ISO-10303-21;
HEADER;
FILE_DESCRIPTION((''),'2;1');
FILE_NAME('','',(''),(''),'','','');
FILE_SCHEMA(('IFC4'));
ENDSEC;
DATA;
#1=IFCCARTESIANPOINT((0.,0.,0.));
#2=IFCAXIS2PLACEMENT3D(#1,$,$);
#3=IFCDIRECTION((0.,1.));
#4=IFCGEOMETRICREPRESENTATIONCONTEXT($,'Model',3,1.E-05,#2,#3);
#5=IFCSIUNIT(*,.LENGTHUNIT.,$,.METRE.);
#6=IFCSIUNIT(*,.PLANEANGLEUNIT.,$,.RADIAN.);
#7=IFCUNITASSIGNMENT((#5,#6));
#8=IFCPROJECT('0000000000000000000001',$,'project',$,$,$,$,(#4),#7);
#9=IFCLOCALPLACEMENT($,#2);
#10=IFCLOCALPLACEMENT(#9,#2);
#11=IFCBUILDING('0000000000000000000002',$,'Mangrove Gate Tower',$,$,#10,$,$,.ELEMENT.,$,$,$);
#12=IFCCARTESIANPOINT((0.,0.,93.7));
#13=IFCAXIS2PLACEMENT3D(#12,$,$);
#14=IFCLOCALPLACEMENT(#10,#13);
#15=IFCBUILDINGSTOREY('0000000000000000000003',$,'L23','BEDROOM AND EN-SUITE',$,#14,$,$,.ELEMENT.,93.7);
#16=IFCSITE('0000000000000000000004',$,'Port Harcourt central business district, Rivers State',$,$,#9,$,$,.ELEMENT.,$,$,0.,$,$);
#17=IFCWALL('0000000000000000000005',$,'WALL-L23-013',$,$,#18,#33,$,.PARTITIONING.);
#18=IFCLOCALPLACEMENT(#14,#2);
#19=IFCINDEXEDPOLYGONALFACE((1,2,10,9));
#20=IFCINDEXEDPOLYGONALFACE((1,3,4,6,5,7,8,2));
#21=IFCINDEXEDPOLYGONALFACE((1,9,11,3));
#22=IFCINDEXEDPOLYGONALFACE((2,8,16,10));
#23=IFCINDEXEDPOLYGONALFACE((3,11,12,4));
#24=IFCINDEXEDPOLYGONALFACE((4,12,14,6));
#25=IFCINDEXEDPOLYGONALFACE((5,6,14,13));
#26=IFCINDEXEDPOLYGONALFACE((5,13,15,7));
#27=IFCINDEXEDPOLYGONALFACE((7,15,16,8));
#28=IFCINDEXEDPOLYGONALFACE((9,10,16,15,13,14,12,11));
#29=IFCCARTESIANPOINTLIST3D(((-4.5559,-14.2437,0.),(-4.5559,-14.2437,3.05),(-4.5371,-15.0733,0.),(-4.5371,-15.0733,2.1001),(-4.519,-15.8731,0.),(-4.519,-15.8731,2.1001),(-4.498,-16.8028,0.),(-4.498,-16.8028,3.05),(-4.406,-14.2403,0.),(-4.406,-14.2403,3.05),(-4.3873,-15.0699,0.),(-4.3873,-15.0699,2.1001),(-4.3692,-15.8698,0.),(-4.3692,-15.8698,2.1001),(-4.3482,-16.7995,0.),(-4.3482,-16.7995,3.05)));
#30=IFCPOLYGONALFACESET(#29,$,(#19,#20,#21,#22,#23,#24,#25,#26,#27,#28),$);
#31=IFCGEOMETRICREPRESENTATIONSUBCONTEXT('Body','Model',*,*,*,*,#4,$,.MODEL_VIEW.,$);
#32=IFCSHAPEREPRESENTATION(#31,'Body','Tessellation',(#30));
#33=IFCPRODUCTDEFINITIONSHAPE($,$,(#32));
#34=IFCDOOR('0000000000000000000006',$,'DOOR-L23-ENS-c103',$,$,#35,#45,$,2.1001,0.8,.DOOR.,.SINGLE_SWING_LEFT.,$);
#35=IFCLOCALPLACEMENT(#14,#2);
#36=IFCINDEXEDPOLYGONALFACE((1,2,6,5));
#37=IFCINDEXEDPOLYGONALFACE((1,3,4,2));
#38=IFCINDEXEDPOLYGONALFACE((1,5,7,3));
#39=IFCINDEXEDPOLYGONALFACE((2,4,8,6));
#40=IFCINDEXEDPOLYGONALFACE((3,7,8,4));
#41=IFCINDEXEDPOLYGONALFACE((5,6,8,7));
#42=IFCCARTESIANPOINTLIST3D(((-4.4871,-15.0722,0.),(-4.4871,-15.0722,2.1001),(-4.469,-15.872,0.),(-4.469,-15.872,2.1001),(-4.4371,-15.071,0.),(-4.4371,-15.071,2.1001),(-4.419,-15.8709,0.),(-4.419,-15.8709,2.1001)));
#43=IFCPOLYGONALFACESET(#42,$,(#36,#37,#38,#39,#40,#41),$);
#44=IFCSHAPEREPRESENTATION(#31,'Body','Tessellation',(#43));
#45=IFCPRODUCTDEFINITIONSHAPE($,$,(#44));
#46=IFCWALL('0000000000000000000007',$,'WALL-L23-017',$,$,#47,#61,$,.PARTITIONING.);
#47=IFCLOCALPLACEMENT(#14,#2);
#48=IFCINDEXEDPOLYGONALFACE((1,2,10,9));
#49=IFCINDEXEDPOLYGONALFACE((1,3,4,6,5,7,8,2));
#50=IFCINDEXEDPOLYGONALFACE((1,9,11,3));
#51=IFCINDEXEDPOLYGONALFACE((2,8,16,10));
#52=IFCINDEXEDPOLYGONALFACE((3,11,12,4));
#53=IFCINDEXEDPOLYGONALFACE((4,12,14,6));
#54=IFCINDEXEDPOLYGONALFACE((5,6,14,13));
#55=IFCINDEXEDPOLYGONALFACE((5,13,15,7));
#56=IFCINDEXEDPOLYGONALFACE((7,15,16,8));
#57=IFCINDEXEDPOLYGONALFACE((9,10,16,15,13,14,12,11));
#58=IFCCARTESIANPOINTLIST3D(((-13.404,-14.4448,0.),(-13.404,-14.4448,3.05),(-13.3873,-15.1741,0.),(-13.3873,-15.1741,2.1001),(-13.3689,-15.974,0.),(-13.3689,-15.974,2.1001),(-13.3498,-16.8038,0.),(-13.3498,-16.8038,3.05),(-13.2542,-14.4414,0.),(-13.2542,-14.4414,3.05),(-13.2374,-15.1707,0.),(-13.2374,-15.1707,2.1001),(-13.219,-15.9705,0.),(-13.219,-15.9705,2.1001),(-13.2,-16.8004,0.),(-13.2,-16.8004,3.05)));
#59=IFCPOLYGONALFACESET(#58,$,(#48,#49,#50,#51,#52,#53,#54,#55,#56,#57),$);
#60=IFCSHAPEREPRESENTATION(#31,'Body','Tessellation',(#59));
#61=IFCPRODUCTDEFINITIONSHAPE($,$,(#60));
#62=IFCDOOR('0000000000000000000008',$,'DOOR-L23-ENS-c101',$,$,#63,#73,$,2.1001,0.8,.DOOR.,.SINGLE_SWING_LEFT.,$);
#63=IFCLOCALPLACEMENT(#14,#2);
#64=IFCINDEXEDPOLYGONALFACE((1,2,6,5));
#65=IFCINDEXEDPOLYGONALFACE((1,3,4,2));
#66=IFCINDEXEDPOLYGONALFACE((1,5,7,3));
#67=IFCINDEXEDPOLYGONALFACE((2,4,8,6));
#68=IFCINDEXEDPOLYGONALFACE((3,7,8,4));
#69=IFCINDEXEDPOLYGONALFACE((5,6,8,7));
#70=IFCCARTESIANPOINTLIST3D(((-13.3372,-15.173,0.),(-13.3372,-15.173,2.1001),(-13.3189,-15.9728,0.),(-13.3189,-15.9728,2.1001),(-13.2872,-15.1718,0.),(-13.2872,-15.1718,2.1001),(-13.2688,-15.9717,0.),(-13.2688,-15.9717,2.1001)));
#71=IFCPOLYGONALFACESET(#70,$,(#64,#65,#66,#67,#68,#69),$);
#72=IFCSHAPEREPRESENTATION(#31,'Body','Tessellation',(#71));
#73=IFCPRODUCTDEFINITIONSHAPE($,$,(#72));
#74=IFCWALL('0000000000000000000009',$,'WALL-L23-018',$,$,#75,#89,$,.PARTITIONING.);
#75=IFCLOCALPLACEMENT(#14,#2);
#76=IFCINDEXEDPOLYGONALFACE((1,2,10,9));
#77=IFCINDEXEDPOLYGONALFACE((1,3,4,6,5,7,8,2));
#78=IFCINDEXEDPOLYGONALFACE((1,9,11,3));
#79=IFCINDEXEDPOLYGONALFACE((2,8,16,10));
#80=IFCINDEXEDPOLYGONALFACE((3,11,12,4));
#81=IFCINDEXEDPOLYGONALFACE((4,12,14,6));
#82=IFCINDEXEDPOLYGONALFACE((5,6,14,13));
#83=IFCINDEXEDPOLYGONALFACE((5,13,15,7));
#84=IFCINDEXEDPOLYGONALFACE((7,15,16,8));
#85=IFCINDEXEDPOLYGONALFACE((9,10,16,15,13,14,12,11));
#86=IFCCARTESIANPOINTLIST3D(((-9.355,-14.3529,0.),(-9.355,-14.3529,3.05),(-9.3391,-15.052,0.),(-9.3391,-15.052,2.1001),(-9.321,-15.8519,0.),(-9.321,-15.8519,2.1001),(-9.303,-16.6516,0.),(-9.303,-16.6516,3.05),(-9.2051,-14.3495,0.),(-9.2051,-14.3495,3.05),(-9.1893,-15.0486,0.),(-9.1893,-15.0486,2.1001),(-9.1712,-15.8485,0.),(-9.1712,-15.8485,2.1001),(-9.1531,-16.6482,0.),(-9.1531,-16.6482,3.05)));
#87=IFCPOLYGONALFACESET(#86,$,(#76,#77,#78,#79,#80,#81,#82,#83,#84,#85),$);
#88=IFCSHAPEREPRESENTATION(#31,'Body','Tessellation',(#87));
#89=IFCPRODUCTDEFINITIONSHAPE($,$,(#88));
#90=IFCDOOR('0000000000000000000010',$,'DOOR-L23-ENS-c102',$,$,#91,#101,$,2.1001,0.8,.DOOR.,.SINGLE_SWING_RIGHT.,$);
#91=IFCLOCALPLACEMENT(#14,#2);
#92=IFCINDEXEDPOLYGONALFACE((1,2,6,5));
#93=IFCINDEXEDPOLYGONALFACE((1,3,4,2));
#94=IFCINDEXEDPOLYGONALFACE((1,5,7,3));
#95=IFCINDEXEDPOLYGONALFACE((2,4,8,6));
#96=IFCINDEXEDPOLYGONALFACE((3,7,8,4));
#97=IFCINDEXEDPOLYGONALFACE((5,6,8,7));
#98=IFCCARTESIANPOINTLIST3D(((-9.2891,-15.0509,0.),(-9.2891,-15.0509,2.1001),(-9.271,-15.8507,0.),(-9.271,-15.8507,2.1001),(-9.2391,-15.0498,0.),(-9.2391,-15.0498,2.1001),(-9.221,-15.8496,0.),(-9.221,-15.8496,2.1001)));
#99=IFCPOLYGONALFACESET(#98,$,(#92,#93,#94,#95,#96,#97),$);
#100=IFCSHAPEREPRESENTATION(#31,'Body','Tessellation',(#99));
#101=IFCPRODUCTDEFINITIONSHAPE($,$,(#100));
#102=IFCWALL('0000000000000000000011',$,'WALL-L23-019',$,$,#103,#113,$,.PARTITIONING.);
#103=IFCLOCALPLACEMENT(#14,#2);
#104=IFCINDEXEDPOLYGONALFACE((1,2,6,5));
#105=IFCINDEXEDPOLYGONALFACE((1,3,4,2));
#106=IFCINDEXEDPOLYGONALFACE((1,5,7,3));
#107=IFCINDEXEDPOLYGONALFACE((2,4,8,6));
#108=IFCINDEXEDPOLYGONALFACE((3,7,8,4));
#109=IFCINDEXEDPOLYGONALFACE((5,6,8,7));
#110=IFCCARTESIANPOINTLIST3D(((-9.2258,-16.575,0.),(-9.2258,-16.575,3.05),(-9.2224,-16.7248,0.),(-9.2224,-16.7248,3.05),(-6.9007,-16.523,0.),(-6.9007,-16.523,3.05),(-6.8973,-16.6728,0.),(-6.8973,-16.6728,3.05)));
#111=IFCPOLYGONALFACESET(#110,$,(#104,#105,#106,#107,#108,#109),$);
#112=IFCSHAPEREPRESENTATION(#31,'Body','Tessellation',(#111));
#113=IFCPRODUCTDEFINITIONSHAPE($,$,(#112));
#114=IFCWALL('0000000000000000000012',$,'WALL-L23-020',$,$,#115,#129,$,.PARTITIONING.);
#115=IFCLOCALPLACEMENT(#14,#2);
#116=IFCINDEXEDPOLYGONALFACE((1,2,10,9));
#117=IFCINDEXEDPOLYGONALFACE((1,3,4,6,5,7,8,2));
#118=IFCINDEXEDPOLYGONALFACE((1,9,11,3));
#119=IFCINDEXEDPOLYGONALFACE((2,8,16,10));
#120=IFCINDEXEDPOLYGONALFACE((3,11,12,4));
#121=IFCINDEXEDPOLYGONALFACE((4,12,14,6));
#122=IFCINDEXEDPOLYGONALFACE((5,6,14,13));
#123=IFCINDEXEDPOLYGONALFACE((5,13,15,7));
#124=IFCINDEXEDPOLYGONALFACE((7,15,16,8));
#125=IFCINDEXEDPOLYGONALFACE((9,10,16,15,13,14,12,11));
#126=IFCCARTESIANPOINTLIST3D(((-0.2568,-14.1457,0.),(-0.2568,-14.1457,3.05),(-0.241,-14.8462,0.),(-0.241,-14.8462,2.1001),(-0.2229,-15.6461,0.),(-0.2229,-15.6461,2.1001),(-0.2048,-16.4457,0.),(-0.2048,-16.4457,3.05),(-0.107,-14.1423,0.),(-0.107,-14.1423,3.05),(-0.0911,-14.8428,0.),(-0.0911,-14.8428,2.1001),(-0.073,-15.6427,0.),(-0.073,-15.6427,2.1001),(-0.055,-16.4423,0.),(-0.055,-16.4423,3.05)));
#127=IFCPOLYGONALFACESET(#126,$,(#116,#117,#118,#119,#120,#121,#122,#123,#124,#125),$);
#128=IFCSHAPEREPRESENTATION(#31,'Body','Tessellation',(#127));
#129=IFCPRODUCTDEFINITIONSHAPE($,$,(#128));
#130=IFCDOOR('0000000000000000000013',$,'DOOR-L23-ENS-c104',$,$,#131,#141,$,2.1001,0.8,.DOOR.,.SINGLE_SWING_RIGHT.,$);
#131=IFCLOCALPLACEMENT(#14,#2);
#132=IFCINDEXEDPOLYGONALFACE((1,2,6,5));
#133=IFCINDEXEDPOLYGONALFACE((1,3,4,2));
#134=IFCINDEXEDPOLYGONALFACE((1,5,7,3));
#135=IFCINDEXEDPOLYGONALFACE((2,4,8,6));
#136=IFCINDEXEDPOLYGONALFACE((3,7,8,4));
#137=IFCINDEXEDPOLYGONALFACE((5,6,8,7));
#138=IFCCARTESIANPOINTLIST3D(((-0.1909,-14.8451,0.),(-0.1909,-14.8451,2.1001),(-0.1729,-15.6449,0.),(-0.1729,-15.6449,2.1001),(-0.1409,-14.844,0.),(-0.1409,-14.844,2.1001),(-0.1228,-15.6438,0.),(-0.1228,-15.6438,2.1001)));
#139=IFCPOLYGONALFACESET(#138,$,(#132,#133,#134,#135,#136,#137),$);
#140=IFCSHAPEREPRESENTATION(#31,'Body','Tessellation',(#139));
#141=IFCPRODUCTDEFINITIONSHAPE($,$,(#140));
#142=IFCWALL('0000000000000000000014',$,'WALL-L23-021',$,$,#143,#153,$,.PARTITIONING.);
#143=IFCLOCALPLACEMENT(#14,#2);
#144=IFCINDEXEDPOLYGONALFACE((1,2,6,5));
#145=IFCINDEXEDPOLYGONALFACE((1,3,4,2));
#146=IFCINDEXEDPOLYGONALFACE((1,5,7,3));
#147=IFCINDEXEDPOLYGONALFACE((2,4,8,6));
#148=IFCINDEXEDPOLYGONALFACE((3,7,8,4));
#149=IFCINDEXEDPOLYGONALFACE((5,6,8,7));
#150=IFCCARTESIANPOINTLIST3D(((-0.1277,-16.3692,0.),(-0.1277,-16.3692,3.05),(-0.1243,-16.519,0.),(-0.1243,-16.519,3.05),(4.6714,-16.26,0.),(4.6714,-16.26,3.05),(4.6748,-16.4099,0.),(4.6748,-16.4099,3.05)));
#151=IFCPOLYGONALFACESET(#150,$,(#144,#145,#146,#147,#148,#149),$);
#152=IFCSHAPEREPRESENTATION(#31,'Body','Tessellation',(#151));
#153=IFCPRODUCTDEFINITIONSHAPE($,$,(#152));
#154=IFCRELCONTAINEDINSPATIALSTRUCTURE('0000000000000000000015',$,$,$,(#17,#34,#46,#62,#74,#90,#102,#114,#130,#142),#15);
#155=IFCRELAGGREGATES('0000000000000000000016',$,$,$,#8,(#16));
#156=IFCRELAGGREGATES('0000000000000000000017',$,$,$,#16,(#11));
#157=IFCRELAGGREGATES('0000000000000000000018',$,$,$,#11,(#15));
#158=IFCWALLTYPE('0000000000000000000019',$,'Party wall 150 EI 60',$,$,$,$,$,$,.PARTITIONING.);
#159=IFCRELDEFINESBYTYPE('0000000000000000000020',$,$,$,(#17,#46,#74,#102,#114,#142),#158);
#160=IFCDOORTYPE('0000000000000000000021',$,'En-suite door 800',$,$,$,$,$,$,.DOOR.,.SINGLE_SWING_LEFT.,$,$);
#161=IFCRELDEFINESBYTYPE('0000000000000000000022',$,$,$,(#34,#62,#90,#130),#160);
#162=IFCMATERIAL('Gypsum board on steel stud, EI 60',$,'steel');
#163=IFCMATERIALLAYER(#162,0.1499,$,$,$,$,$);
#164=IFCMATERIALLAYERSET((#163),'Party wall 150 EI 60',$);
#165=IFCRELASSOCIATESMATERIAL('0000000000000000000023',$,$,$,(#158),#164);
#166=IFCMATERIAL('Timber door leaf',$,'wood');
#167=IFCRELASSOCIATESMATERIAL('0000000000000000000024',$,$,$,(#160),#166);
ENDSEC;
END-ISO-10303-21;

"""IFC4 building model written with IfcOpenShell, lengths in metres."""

from ifc_helpers import new_model, si_unit, direction, frame, frame_2d, origin, place, context, subcontext, project, spatial, rectangle, extrude, material, layer, layer_set, type_object, element, fill, save


model = new_model("IFC4")

# Units and contexts
model_context = context("Model", 3, precision=1e-05, world=origin(), true_north=direction((0.0, 1.0)))
body_context = subcontext(model_context, "Body", "Model", "MODEL_VIEW")
ifc_project = project(units=[si_unit("LENGTHUNIT", "METRE"), si_unit("PLANEANGLEUNIT", "RADIAN")], contexts=[model_context])

# Site, building, storey
site_placement = place(None, origin())
site = spatial("IfcSite", under=ifc_project, at=site_placement, Name="Port Harcourt central business district, Rivers State", CompositionType="ELEMENT", RefElevation=0.0)
building_placement = place(site_placement, origin())
building = spatial("IfcBuilding", under=site, at=building_placement, Name="Mangrove Gate Tower", CompositionType="ELEMENT")
storey_placement = place(building_placement, frame((0.0, 0.0, 93.7)))
storey = spatial("IfcBuildingStorey", under=building, at=storey_placement, Name="L23", Description="BEDROOM AND EN-SUITE", CompositionType="ELEMENT", Elevation=93.7)

# Shared definitions
ifc_material_1 = material(Name="Gypsum board on steel stud, EI 60", Category="steel")
ifc_layer_1 = layer(ifc_material_1, 0.1499)
ifc_layer_set_1 = layer_set([ifc_layer_1], Name="Party wall 150 EI 60")
wall_type_1 = type_object("IfcWallType", Name="Party wall 150 EI 60", PredefinedType="PARTITIONING", material=ifc_layer_set_1)

# Walls, openings, doors
wall_1_placement = place(storey_placement, frame((-4.4231, -16.801, 0.0), z_axis=(0.0, 0.0, 1.0), x_axis=(-0.022604, 0.999744, 0.0)))
wall_1 = element("IfcWall", 1, at=wall_1_placement, inside=storey, type_object=wall_type_1, Name="WALL-L23-013", PredefinedType="PARTITIONING", context=body_context, shape_type="SweptSolid", body=[
    extrude(rectangle(XDim=2.5598, YDim=0.1499, at=frame_2d((1.2798, 0.0))), origin(), (0.0, 0.0, 1.0), 3.05),
])
opening_1_placement = place(wall_1_placement, frame((0.9299, 0.0, 0.0)))
opening_1 = element("IfcOpeningElement", 2, at=opening_1_placement, cuts=wall_1, PredefinedType="OPENING", context=body_context, shape_type="SweptSolid", body=[
    extrude(rectangle(XDim=0.8, YDim=2.1001, at=frame_2d((0.3999, 1.05))), frame((0.0, 0.085, 0.0), z_axis=(0.0, -1.0, 0.0), x_axis=(1.0, 0.0, 0.0)), (0.0, 0.0, 1.0), 0.1699),
])
ifc_material_2 = material(Name="Timber door leaf", Category="wood")
door_type_1 = type_object("IfcDoorType", Name="En-suite door 800", OperationType="SINGLE_SWING_LEFT", PredefinedType="DOOR", material=ifc_material_2)
door_1_placement = place(opening_1_placement, origin())
door_1 = element("IfcDoor", 3, at=door_1_placement, inside=storey, type_object=door_type_1, Name="DOOR-L23-ENS-c103", OperationType="SINGLE_SWING_LEFT", OverallHeight=2.1001, OverallWidth=0.8, PredefinedType="DOOR", context=body_context, shape_type="SweptSolid", body=[
    extrude(rectangle(XDim=0.8, YDim=2.1001, at=frame_2d((0.3999, 1.05))), frame((0.0, 0.0249, 0.0), z_axis=(0.0, -1.0, 0.0), x_axis=(1.0, 0.0, 0.0)), (0.0, 0.0, 1.0), 0.05),
])
fill(opening_1, door_1)
wall_2_placement = place(storey_placement, frame((-13.2749, -16.802, 0.0), z_axis=(0.0, 0.0, 1.0), x_axis=(-0.022971, 0.999736, 0.0)))
wall_2 = element("IfcWall", 4, at=wall_2_placement, inside=storey, type_object=wall_type_1, Name="WALL-L23-017", PredefinedType="PARTITIONING", context=body_context, shape_type="SweptSolid", body=[
    extrude(rectangle(XDim=2.3596, YDim=0.1499, at=frame_2d((1.1797, 0.0))), origin(), (0.0, 0.0, 1.0), 3.05),
])
opening_2_placement = place(wall_2_placement, frame((0.8301, 0.0, 0.0)))
opening_2 = element("IfcOpeningElement", 5, at=opening_2_placement, cuts=wall_2, PredefinedType="OPENING", context=body_context, shape_type="SweptSolid", body=[
    extrude(rectangle(XDim=0.8, YDim=2.1001, at=frame_2d((0.3999, 1.05))), frame((0.0, 0.085, 0.0), z_axis=(0.0, -1.0, 0.0), x_axis=(1.0, 0.0, 0.0)), (0.0, 0.0, 1.0), 0.1699),
])
door_2_placement = place(opening_2_placement, origin())
door_2 = element("IfcDoor", 6, at=door_2_placement, inside=storey, type_object=door_type_1, Name="DOOR-L23-ENS-c101", OperationType="SINGLE_SWING_LEFT", OverallHeight=2.1001, OverallWidth=0.8, PredefinedType="DOOR", context=body_context, shape_type="SweptSolid", body=[
    extrude(rectangle(XDim=0.8, YDim=2.1001, at=frame_2d((0.3999, 1.05))), frame((0.0, 0.0249, 0.0), z_axis=(0.0, -1.0, 0.0), x_axis=(1.0, 0.0, 0.0)), (0.0, 0.0, 1.0), 0.05),
])
fill(opening_2, door_2)
wall_3_placement = place(storey_placement, frame((-9.228, -16.6499, 0.0), z_axis=(0.0, 0.0, 1.0), x_axis=(-0.022615, 0.999744, 0.0)))
wall_3 = element("IfcWall", 7, at=wall_3_placement, inside=storey, type_object=wall_type_1, Name="WALL-L23-018", PredefinedType="PARTITIONING", context=body_context, shape_type="SweptSolid", body=[
    extrude(rectangle(XDim=2.2993, YDim=0.1499, at=frame_2d((1.1497, 0.0))), origin(), (0.0, 0.0, 1.0), 3.05),
])
opening_3_placement = place(wall_3_placement, frame((0.8, 0.0, 0.0)))
opening_3 = element("IfcOpeningElement", 8, at=opening_3_placement, cuts=wall_3, PredefinedType="OPENING", context=body_context, shape_type="SweptSolid", body=[
    extrude(rectangle(XDim=0.8, YDim=2.1001, at=frame_2d((0.3999, 1.05))), frame((0.0, 0.085, 0.0), z_axis=(0.0, -1.0, 0.0), x_axis=(1.0, 0.0, 0.0)), (0.0, 0.0, 1.0), 0.1699),
])
door_3_placement = place(opening_3_placement, origin())
door_3 = element("IfcDoor", 9, at=door_3_placement, inside=storey, type_object=door_type_1, Name="DOOR-L23-ENS-c102", OperationType="SINGLE_SWING_RIGHT", OverallHeight=2.1001, OverallWidth=0.8, PredefinedType="DOOR", context=body_context, shape_type="SweptSolid", body=[
    extrude(rectangle(XDim=0.8, YDim=2.1001, at=frame_2d((0.3999, 1.05))), frame((0.0, 0.0249, 0.0), z_axis=(0.0, -1.0, 0.0), x_axis=(1.0, 0.0, 0.0)), (0.0, 0.0, 1.0), 0.05),
])
fill(opening_3, door_3)

# Wall
wall_4_placement = place(storey_placement, frame((-9.2241, -16.6499, 0.0), z_axis=(0.0, 0.0, 1.0), x_axis=(0.99975, 0.022359, 0.0)))
element("IfcWall", 10, at=wall_4_placement, inside=storey, type_object=wall_type_1, Name="WALL-L23-019", PredefinedType="PARTITIONING", context=body_context, shape_type="SweptSolid", body=[
    extrude(rectangle(XDim=2.3257, YDim=0.1499, at=frame_2d((1.1628, 0.0))), origin(), (0.0, 0.0, 1.0), 3.05),
])

# Wall, opening, door
wall_5_placement = place(storey_placement, frame((-0.1299, -16.4441, 0.0), z_axis=(0.0, 0.0, 1.0), x_axis=(-0.022603, 0.999745, 0.0)))
wall_5 = element("IfcWall", 11, at=wall_5_placement, inside=storey, type_object=wall_type_1, Name="WALL-L23-020", PredefinedType="PARTITIONING", context=body_context, shape_type="SweptSolid", body=[
    extrude(rectangle(XDim=2.3005, YDim=0.1499, at=frame_2d((1.1504, 0.0))), origin(), (0.0, 0.0, 1.0), 3.05),
])
opening_4_placement = place(wall_5_placement, frame((0.8, 0.0, 0.0)))
opening_4 = element("IfcOpeningElement", 12, at=opening_4_placement, cuts=wall_5, PredefinedType="OPENING", context=body_context, shape_type="SweptSolid", body=[
    extrude(rectangle(XDim=0.8, YDim=2.1001, at=frame_2d((0.3999, 1.05))), frame((0.0, 0.085, 0.0), z_axis=(0.0, -1.0, 0.0), x_axis=(1.0, 0.0, 0.0)), (0.0, 0.0, 1.0), 0.1699),
])
door_4_placement = place(opening_4_placement, origin())
door_4 = element("IfcDoor", 13, at=door_4_placement, inside=storey, type_object=door_type_1, Name="DOOR-L23-ENS-c104", OperationType="SINGLE_SWING_RIGHT", OverallHeight=2.1001, OverallWidth=0.8, PredefinedType="DOOR", context=body_context, shape_type="SweptSolid", body=[
    extrude(rectangle(XDim=0.8, YDim=2.1001, at=frame_2d((0.3999, 1.05))), frame((0.0, 0.0249, 0.0), z_axis=(0.0, -1.0, 0.0), x_axis=(1.0, 0.0, 0.0)), (0.0, 0.0, 1.0), 0.05),
])
fill(opening_4, door_4)

# Wall
wall_6_placement = place(storey_placement, frame((-0.126, -16.4441, 0.0), z_axis=(0.0, 0.0, 1.0), x_axis=(0.999742, 0.022734, 0.0)))
element("IfcWall", 14, at=wall_6_placement, inside=storey, type_object=wall_type_1, Name="WALL-L23-021", PredefinedType="PARTITIONING", context=body_context, shape_type="SweptSolid", body=[
    extrude(rectangle(XDim=4.8003, YDim=0.1499, at=frame_2d((2.4001, 0.0))), origin(), (0.0, 0.0, 1.0), 3.05),
])

save(model, "model.ifc")
